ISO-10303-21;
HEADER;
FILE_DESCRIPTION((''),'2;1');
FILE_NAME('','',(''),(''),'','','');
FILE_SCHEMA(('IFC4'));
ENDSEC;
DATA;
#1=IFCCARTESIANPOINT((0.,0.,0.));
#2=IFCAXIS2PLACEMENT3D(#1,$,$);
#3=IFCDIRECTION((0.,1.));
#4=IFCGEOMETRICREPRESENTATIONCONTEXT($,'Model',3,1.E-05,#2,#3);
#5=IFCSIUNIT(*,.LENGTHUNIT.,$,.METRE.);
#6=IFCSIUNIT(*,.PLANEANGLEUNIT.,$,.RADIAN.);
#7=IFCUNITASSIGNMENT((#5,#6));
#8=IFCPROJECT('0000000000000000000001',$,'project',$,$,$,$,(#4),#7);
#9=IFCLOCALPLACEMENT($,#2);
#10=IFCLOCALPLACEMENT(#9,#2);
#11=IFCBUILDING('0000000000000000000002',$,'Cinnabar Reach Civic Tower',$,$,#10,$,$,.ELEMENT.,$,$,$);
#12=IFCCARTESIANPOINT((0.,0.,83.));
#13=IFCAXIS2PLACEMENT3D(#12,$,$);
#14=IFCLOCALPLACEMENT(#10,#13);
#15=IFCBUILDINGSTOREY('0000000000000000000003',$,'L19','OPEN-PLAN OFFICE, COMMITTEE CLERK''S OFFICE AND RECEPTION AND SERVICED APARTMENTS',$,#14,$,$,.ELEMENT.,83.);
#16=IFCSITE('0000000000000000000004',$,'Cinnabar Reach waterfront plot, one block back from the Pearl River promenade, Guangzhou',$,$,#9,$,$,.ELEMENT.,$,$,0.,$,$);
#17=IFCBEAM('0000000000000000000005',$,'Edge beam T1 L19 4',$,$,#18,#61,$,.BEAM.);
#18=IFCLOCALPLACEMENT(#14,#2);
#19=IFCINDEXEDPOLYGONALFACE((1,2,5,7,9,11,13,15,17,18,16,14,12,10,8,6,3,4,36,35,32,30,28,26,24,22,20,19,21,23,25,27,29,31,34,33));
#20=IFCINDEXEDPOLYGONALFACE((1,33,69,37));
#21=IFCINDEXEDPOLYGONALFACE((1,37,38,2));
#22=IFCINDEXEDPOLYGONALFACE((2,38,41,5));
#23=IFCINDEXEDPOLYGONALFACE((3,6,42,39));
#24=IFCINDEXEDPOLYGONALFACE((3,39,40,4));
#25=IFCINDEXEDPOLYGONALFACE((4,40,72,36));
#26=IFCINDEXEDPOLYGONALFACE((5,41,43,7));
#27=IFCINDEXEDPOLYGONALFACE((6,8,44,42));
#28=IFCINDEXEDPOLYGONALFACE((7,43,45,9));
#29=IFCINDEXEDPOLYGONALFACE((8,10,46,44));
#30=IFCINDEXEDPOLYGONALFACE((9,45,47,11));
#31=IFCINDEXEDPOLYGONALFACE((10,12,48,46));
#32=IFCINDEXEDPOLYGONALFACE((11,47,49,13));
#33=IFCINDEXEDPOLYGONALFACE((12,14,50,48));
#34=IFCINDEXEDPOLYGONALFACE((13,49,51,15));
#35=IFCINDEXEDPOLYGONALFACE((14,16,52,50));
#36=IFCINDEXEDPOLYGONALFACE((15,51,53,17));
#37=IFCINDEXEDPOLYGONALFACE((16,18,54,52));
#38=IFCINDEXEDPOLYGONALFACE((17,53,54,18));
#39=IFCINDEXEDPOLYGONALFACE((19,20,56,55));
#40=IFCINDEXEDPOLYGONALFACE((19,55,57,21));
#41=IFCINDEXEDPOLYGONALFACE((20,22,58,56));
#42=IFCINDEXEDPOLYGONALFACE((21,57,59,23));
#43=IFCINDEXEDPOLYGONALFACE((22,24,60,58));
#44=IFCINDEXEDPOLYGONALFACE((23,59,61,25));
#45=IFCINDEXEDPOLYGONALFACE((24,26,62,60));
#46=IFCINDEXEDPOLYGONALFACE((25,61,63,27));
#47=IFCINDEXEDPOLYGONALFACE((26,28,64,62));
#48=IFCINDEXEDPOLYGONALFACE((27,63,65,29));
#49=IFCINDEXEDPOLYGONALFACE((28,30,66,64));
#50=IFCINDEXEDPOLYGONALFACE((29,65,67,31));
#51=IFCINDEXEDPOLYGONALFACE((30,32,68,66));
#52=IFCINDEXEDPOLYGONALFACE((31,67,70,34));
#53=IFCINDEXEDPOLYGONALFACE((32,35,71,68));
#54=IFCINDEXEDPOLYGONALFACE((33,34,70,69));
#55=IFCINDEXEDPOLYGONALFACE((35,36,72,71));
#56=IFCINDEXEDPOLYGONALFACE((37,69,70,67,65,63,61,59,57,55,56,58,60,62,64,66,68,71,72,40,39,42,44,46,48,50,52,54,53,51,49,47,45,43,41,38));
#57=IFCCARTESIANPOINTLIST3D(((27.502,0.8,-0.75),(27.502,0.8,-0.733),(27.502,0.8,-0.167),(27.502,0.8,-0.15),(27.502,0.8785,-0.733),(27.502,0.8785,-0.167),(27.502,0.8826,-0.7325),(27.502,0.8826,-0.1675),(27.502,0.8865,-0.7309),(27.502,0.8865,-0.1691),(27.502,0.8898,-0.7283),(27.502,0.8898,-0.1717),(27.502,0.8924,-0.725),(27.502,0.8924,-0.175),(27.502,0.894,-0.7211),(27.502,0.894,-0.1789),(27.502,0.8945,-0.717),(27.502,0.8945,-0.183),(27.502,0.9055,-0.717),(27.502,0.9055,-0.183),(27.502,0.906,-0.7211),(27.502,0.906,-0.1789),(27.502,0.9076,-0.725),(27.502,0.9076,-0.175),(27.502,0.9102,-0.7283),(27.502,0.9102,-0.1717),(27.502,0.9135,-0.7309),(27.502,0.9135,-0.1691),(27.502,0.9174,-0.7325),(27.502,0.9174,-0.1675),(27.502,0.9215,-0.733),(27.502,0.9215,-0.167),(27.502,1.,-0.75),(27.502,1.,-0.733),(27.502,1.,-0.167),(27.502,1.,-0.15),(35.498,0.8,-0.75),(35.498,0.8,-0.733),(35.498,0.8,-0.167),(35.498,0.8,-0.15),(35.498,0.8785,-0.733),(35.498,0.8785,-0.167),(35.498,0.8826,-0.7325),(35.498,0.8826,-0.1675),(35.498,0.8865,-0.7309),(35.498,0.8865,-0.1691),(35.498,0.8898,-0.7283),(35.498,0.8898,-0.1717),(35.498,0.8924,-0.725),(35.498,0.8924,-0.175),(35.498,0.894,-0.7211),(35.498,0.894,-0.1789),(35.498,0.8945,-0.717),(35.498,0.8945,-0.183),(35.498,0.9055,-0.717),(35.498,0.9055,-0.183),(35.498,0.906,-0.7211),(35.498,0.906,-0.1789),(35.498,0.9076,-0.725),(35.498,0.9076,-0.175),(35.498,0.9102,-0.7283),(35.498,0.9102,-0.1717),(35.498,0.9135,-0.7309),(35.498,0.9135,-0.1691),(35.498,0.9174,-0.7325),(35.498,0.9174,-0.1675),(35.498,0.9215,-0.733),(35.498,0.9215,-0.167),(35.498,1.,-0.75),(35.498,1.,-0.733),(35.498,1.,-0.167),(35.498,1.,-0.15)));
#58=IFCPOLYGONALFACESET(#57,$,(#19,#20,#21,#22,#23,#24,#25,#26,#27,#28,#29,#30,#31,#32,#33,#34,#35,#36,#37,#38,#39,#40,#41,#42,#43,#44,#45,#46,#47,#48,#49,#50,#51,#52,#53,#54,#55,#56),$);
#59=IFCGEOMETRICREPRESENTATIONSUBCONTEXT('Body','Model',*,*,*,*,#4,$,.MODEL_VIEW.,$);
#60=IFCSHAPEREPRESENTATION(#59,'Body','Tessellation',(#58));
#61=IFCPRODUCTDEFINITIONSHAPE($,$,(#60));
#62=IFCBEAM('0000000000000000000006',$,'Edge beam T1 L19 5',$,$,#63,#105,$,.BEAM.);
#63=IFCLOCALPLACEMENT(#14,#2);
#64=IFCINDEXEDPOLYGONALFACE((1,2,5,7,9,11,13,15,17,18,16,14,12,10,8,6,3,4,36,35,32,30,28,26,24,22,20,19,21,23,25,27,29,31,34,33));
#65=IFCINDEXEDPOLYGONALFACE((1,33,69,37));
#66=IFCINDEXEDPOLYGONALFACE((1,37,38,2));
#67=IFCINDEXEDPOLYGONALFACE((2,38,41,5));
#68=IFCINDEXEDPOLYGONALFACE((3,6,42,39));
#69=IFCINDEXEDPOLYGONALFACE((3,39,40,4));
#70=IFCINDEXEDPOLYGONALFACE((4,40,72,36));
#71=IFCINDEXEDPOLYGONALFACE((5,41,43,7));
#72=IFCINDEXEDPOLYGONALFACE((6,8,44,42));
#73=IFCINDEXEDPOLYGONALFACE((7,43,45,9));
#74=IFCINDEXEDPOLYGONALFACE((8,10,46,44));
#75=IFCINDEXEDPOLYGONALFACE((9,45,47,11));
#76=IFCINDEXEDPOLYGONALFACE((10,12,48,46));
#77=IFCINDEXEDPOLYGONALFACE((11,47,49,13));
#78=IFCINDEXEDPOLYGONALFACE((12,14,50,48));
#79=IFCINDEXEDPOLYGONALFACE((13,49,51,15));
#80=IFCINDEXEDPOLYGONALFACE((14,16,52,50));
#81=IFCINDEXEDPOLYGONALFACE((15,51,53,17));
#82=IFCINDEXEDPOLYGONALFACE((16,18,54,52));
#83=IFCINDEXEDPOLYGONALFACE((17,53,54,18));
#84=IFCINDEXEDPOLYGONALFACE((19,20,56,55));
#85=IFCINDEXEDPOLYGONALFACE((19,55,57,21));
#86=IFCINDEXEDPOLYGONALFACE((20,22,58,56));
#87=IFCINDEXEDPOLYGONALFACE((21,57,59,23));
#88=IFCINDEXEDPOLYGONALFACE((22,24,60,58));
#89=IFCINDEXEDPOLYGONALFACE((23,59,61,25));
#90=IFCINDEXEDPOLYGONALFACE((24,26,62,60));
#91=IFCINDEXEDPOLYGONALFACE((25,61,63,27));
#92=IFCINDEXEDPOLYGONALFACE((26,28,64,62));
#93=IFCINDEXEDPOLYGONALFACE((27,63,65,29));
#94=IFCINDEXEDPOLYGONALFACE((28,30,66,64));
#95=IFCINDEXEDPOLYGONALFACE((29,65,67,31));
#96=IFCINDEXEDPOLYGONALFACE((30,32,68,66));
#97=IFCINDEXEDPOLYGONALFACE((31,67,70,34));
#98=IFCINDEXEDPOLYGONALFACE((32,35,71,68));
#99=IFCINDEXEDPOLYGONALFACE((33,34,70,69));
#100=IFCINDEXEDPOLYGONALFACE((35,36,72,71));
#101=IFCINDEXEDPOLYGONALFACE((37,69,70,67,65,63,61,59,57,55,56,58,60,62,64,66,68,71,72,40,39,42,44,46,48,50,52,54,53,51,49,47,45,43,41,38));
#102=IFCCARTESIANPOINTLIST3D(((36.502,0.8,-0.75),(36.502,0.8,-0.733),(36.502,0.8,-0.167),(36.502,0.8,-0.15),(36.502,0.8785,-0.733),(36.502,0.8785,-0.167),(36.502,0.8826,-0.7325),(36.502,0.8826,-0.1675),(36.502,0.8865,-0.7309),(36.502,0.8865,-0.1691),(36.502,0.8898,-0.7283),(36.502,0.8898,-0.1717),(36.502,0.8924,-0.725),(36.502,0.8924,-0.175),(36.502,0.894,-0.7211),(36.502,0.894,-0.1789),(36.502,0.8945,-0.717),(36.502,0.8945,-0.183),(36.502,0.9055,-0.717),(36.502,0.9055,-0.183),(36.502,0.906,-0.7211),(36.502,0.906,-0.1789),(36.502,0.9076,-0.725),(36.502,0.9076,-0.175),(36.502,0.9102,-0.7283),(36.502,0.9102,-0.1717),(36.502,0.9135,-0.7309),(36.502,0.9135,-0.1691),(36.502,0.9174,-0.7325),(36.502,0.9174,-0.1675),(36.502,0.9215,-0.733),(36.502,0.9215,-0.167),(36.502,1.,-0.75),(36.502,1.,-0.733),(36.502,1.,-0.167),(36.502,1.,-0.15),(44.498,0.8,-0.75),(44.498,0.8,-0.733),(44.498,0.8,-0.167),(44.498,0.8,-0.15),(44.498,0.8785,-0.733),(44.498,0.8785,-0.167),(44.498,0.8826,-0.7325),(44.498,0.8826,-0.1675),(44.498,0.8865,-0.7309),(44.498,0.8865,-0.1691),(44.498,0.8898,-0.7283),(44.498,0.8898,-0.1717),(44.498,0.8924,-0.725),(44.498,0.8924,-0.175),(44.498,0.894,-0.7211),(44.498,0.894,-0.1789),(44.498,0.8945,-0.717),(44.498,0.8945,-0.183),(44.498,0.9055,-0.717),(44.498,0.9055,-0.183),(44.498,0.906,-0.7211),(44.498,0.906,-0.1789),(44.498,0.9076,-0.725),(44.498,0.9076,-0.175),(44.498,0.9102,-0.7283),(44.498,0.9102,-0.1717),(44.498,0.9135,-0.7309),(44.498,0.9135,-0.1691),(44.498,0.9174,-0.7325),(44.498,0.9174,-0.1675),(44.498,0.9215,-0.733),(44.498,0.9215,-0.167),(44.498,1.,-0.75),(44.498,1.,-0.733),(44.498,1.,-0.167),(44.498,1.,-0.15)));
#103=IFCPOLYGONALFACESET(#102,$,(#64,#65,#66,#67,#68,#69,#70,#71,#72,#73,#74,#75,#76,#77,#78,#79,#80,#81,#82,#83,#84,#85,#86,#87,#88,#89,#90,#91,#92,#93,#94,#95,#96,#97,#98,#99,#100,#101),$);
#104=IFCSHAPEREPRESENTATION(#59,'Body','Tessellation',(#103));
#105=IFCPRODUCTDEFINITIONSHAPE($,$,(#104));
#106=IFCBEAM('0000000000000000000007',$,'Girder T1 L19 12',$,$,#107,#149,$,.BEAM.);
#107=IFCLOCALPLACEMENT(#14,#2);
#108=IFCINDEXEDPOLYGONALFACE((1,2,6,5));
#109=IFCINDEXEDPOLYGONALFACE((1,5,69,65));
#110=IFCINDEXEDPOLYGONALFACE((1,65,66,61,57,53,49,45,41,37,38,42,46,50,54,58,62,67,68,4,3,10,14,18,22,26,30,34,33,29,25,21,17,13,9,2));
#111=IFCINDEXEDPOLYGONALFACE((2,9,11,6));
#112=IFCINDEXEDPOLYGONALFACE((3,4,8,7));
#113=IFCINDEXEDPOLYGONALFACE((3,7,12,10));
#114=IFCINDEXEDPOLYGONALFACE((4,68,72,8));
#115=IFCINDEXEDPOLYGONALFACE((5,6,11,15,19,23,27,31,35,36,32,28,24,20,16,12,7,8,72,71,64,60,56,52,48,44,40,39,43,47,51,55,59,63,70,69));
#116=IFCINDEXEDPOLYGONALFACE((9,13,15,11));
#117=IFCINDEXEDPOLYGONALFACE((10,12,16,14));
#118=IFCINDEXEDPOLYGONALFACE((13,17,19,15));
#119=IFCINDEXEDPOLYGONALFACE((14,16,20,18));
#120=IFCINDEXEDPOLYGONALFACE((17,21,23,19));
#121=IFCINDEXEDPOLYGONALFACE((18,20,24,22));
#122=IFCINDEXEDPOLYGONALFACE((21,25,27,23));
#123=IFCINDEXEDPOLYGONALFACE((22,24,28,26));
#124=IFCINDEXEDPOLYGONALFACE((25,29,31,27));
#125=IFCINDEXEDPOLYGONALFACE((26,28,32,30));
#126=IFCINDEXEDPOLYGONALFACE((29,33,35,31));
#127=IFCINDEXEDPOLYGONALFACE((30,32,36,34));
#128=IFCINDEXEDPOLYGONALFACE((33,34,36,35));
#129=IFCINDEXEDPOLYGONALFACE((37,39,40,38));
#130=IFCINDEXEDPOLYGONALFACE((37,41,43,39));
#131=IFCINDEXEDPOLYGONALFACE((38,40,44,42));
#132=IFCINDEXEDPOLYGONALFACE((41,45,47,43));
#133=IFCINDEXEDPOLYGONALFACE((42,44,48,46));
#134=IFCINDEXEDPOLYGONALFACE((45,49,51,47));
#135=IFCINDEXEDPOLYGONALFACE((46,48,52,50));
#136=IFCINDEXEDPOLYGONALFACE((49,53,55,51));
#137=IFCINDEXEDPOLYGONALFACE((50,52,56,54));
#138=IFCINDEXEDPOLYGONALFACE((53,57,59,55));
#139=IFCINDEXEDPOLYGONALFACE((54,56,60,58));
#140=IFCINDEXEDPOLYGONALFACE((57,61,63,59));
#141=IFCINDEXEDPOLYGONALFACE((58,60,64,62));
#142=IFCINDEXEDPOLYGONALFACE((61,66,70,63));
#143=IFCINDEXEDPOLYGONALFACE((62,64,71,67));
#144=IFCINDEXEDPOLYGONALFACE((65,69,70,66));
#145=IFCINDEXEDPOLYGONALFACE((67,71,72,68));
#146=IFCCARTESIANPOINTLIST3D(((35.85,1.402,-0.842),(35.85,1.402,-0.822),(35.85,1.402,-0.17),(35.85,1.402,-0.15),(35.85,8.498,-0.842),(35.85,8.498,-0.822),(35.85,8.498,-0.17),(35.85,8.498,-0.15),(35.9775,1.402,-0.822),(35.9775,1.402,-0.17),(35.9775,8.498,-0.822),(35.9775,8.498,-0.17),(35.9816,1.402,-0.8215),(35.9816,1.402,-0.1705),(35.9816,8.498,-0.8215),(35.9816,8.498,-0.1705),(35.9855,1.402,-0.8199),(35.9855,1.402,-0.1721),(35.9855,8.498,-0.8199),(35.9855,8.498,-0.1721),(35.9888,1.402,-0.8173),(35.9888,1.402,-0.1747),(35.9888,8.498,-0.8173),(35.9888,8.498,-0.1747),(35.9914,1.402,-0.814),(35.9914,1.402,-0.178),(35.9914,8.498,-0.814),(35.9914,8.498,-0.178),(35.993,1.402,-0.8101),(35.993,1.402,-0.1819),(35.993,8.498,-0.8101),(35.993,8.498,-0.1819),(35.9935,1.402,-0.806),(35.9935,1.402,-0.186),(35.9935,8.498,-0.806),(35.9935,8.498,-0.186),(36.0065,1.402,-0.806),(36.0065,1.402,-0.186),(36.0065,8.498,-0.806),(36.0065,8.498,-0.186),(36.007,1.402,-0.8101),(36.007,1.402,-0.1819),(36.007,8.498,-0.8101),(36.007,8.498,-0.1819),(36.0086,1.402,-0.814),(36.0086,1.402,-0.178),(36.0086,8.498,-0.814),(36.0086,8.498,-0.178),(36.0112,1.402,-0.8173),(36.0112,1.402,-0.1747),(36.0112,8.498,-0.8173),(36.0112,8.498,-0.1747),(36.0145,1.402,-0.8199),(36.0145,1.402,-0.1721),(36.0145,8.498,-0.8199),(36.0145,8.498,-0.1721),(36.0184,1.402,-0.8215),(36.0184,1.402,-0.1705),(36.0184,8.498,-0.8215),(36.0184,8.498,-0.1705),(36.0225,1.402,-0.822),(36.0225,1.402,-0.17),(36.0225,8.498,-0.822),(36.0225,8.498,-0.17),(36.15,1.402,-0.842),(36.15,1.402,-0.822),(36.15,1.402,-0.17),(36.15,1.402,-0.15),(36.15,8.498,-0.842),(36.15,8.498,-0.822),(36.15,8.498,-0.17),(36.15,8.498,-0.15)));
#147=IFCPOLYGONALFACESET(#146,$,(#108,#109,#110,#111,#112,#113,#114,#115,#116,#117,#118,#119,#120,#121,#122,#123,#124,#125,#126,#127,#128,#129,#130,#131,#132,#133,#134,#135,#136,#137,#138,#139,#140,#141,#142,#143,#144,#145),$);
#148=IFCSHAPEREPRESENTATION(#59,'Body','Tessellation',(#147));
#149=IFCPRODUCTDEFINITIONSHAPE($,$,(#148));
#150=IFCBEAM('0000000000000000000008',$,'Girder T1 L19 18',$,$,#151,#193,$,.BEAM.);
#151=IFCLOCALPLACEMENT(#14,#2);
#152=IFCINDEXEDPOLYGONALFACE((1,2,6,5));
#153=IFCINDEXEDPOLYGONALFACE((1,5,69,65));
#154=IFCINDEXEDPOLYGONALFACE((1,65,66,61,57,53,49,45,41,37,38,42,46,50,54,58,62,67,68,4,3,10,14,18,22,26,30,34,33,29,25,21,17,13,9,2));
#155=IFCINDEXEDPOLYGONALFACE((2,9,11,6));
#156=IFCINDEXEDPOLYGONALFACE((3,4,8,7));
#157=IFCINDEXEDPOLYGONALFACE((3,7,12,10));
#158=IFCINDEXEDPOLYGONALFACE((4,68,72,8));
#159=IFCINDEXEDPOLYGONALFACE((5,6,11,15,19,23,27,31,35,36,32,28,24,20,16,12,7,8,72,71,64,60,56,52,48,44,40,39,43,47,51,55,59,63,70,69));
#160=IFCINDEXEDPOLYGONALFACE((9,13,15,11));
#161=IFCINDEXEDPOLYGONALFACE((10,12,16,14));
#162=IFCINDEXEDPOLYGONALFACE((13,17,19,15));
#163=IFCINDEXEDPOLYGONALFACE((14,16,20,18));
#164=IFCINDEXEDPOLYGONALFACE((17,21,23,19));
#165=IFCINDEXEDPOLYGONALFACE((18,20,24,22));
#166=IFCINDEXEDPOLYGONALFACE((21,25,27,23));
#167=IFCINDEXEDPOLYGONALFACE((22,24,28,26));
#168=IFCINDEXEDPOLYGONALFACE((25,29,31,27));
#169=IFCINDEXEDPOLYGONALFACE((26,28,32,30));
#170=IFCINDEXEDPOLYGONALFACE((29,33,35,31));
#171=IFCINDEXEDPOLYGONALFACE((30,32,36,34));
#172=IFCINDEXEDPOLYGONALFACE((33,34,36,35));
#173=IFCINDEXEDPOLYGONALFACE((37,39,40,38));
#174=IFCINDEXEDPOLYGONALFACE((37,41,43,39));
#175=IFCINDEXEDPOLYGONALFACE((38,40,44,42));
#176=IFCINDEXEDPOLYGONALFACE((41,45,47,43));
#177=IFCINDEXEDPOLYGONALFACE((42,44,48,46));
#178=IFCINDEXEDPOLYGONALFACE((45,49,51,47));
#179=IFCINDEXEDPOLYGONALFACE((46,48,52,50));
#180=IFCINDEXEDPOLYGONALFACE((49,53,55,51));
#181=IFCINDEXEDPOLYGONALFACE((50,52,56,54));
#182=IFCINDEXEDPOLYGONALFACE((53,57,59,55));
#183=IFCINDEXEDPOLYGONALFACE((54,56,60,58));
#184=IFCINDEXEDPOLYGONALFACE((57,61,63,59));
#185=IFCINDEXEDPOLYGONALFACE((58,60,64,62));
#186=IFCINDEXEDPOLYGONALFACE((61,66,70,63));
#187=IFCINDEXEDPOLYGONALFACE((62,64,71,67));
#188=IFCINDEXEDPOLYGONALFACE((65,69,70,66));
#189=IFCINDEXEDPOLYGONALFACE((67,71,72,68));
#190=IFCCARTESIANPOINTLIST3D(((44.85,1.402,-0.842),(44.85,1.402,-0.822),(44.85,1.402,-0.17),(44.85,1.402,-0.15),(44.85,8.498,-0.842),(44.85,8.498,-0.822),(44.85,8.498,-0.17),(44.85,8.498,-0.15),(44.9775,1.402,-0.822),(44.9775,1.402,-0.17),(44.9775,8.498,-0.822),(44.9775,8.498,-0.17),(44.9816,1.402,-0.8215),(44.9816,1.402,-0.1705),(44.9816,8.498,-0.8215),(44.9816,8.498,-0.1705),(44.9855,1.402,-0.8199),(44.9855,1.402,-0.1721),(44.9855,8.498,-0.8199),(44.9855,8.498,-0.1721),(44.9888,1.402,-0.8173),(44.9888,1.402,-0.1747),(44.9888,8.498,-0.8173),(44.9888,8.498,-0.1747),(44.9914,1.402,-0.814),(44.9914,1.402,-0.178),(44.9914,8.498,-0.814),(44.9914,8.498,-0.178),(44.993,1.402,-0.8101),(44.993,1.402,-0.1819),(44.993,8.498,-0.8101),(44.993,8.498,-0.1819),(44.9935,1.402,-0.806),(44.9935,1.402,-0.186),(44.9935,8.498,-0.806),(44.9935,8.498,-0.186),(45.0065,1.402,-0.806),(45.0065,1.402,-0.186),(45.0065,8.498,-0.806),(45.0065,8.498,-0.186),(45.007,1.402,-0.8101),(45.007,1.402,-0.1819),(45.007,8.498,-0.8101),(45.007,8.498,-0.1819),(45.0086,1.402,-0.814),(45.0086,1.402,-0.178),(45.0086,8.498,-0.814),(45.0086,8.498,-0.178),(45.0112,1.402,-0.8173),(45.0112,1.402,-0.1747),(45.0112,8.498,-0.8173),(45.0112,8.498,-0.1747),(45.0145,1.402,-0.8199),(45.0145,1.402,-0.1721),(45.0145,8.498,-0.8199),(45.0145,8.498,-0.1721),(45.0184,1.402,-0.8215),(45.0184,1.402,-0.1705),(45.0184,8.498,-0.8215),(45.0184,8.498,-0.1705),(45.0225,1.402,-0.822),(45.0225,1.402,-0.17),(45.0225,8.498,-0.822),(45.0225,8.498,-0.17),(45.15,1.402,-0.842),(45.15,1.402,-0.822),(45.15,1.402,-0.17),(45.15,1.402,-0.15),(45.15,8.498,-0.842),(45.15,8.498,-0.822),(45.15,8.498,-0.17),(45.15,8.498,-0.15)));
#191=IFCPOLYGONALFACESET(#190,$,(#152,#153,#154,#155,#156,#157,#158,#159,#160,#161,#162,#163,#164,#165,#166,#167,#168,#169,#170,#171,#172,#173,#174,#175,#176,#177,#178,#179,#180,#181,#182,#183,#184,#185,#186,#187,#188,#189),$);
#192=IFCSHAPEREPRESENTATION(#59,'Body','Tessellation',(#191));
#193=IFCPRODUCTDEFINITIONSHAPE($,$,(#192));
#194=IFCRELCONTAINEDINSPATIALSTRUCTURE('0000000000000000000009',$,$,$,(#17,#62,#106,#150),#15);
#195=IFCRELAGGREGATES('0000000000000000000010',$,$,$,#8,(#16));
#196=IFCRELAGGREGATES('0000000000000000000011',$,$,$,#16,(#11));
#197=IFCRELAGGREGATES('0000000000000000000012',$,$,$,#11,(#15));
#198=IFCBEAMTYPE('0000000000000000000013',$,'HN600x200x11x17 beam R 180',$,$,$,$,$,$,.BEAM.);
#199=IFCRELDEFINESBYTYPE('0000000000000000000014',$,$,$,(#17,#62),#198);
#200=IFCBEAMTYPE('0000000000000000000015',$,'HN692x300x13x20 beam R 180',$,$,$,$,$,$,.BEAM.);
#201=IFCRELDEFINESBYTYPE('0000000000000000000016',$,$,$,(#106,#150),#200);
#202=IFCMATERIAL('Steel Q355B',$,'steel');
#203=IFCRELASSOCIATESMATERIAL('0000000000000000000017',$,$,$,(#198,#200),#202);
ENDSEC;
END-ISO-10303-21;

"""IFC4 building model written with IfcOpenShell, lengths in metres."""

from ifc_helpers import new_model, si_unit, direction, frame, origin, origin_2d, place, context, subcontext, project, spatial, i_section, extrude, material, material_profile, profile_set, type_object, element, save


model = new_model("IFC4")

# Units and contexts
model_context = context("Model", 3, precision=1e-05, world=origin(), true_north=direction((0.0, 1.0)))
body_context = subcontext(model_context, "Body", "Model", "MODEL_VIEW")
ifc_project = project(units=[si_unit("LENGTHUNIT", "METRE"), si_unit("PLANEANGLEUNIT", "RADIAN")], contexts=[model_context])

# Site, building, storey
site_placement = place(None, origin())
site = spatial("IfcSite", under=ifc_project, at=site_placement, Name="Cinnabar Reach waterfront plot, one block back from the Pearl River promenade, Guangzhou", CompositionType="ELEMENT", RefElevation=0.0)
building_placement = place(site_placement, origin())
building = spatial("IfcBuilding", under=site, at=building_placement, Name="Cinnabar Reach Civic Tower", CompositionType="ELEMENT")
storey_placement = place(building_placement, frame((0.0, 0.0, 83.0)))
storey = spatial("IfcBuildingStorey", under=building, at=storey_placement, Name="L19", Description="OPEN-PLAN OFFICE, COMMITTEE CLERK'S OFFICE AND RECEPTION AND SERVICED APARTMENTS", CompositionType="ELEMENT", Elevation=83.0)

# Beams
ifc_material_1 = material(Name="Steel Q355B", Category="steel")
ifc_material_profile_1 = material_profile(ifc_material_1, i_section(OverallWidth=0.2, OverallDepth=0.6, WebThickness=0.011, FlangeThickness=0.017, FilletRadius=0.016, at=origin_2d()), Name="HN600x200x11x17")
ifc_profile_set_1 = profile_set([ifc_material_profile_1], Name="Steel Q355B")
beam_type_1 = type_object("IfcBeamType", Name="HN600x200x11x17 beam R 180", PredefinedType="BEAM", material=ifc_profile_set_1)
for number, where, z_axis, x_axis, name in (
    (1, (27.502, 0.9, -0.45), (1.0, 0.0, 0.0), (0.0, 1.0, 0.0), "Edge beam T1 L19 4"),
    (2, (36.502, 0.9, -0.45), (1.0, 0.0, 0.0), (0.0, 1.0, 0.0), "Edge beam T1 L19 5"),
):
    element("IfcBeam", number, at=place(storey_placement, frame(where, z_axis=z_axis, x_axis=x_axis)), inside=storey, type_object=beam_type_1, Name=name, PredefinedType="BEAM", context=body_context, shape_type="SweptSolid", body=[
        extrude(i_section(OverallWidth=0.2, OverallDepth=0.6, WebThickness=0.011, FlangeThickness=0.017, FilletRadius=0.016, at=origin_2d()), origin(), (0.0, 0.0, 1.0), 7.996),
    ])
ifc_material_profile_2 = material_profile(ifc_material_1, i_section(OverallWidth=0.3, OverallDepth=0.692, WebThickness=0.013, FlangeThickness=0.02, FilletRadius=0.016, at=origin_2d()), Name="HN692x300x13x20")
ifc_profile_set_2 = profile_set([ifc_material_profile_2], Name="Steel Q355B")
beam_type_2 = type_object("IfcBeamType", Name="HN692x300x13x20 beam R 180", PredefinedType="BEAM", material=ifc_profile_set_2)
for number, where, z_axis, x_axis, name in (
    (3, (36.0, 1.402, -0.496), (0.0, 1.0, 0.0), (-1.0, 0.0, 0.0), "Girder T1 L19 12"),
    (4, (45.0, 1.402, -0.496), (0.0, 1.0, 0.0), (-1.0, 0.0, 0.0), "Girder T1 L19 18"),
):
    element("IfcBeam", number, at=place(storey_placement, frame(where, z_axis=z_axis, x_axis=x_axis)), inside=storey, type_object=beam_type_2, Name=name, PredefinedType="BEAM", context=body_context, shape_type="SweptSolid", body=[
        extrude(i_section(OverallWidth=0.3, OverallDepth=0.692, WebThickness=0.013, FlangeThickness=0.02, FilletRadius=0.016, at=origin_2d()), origin(), (0.0, 0.0, 1.0), 7.096),
    ])

save(model, "model.ifc")
